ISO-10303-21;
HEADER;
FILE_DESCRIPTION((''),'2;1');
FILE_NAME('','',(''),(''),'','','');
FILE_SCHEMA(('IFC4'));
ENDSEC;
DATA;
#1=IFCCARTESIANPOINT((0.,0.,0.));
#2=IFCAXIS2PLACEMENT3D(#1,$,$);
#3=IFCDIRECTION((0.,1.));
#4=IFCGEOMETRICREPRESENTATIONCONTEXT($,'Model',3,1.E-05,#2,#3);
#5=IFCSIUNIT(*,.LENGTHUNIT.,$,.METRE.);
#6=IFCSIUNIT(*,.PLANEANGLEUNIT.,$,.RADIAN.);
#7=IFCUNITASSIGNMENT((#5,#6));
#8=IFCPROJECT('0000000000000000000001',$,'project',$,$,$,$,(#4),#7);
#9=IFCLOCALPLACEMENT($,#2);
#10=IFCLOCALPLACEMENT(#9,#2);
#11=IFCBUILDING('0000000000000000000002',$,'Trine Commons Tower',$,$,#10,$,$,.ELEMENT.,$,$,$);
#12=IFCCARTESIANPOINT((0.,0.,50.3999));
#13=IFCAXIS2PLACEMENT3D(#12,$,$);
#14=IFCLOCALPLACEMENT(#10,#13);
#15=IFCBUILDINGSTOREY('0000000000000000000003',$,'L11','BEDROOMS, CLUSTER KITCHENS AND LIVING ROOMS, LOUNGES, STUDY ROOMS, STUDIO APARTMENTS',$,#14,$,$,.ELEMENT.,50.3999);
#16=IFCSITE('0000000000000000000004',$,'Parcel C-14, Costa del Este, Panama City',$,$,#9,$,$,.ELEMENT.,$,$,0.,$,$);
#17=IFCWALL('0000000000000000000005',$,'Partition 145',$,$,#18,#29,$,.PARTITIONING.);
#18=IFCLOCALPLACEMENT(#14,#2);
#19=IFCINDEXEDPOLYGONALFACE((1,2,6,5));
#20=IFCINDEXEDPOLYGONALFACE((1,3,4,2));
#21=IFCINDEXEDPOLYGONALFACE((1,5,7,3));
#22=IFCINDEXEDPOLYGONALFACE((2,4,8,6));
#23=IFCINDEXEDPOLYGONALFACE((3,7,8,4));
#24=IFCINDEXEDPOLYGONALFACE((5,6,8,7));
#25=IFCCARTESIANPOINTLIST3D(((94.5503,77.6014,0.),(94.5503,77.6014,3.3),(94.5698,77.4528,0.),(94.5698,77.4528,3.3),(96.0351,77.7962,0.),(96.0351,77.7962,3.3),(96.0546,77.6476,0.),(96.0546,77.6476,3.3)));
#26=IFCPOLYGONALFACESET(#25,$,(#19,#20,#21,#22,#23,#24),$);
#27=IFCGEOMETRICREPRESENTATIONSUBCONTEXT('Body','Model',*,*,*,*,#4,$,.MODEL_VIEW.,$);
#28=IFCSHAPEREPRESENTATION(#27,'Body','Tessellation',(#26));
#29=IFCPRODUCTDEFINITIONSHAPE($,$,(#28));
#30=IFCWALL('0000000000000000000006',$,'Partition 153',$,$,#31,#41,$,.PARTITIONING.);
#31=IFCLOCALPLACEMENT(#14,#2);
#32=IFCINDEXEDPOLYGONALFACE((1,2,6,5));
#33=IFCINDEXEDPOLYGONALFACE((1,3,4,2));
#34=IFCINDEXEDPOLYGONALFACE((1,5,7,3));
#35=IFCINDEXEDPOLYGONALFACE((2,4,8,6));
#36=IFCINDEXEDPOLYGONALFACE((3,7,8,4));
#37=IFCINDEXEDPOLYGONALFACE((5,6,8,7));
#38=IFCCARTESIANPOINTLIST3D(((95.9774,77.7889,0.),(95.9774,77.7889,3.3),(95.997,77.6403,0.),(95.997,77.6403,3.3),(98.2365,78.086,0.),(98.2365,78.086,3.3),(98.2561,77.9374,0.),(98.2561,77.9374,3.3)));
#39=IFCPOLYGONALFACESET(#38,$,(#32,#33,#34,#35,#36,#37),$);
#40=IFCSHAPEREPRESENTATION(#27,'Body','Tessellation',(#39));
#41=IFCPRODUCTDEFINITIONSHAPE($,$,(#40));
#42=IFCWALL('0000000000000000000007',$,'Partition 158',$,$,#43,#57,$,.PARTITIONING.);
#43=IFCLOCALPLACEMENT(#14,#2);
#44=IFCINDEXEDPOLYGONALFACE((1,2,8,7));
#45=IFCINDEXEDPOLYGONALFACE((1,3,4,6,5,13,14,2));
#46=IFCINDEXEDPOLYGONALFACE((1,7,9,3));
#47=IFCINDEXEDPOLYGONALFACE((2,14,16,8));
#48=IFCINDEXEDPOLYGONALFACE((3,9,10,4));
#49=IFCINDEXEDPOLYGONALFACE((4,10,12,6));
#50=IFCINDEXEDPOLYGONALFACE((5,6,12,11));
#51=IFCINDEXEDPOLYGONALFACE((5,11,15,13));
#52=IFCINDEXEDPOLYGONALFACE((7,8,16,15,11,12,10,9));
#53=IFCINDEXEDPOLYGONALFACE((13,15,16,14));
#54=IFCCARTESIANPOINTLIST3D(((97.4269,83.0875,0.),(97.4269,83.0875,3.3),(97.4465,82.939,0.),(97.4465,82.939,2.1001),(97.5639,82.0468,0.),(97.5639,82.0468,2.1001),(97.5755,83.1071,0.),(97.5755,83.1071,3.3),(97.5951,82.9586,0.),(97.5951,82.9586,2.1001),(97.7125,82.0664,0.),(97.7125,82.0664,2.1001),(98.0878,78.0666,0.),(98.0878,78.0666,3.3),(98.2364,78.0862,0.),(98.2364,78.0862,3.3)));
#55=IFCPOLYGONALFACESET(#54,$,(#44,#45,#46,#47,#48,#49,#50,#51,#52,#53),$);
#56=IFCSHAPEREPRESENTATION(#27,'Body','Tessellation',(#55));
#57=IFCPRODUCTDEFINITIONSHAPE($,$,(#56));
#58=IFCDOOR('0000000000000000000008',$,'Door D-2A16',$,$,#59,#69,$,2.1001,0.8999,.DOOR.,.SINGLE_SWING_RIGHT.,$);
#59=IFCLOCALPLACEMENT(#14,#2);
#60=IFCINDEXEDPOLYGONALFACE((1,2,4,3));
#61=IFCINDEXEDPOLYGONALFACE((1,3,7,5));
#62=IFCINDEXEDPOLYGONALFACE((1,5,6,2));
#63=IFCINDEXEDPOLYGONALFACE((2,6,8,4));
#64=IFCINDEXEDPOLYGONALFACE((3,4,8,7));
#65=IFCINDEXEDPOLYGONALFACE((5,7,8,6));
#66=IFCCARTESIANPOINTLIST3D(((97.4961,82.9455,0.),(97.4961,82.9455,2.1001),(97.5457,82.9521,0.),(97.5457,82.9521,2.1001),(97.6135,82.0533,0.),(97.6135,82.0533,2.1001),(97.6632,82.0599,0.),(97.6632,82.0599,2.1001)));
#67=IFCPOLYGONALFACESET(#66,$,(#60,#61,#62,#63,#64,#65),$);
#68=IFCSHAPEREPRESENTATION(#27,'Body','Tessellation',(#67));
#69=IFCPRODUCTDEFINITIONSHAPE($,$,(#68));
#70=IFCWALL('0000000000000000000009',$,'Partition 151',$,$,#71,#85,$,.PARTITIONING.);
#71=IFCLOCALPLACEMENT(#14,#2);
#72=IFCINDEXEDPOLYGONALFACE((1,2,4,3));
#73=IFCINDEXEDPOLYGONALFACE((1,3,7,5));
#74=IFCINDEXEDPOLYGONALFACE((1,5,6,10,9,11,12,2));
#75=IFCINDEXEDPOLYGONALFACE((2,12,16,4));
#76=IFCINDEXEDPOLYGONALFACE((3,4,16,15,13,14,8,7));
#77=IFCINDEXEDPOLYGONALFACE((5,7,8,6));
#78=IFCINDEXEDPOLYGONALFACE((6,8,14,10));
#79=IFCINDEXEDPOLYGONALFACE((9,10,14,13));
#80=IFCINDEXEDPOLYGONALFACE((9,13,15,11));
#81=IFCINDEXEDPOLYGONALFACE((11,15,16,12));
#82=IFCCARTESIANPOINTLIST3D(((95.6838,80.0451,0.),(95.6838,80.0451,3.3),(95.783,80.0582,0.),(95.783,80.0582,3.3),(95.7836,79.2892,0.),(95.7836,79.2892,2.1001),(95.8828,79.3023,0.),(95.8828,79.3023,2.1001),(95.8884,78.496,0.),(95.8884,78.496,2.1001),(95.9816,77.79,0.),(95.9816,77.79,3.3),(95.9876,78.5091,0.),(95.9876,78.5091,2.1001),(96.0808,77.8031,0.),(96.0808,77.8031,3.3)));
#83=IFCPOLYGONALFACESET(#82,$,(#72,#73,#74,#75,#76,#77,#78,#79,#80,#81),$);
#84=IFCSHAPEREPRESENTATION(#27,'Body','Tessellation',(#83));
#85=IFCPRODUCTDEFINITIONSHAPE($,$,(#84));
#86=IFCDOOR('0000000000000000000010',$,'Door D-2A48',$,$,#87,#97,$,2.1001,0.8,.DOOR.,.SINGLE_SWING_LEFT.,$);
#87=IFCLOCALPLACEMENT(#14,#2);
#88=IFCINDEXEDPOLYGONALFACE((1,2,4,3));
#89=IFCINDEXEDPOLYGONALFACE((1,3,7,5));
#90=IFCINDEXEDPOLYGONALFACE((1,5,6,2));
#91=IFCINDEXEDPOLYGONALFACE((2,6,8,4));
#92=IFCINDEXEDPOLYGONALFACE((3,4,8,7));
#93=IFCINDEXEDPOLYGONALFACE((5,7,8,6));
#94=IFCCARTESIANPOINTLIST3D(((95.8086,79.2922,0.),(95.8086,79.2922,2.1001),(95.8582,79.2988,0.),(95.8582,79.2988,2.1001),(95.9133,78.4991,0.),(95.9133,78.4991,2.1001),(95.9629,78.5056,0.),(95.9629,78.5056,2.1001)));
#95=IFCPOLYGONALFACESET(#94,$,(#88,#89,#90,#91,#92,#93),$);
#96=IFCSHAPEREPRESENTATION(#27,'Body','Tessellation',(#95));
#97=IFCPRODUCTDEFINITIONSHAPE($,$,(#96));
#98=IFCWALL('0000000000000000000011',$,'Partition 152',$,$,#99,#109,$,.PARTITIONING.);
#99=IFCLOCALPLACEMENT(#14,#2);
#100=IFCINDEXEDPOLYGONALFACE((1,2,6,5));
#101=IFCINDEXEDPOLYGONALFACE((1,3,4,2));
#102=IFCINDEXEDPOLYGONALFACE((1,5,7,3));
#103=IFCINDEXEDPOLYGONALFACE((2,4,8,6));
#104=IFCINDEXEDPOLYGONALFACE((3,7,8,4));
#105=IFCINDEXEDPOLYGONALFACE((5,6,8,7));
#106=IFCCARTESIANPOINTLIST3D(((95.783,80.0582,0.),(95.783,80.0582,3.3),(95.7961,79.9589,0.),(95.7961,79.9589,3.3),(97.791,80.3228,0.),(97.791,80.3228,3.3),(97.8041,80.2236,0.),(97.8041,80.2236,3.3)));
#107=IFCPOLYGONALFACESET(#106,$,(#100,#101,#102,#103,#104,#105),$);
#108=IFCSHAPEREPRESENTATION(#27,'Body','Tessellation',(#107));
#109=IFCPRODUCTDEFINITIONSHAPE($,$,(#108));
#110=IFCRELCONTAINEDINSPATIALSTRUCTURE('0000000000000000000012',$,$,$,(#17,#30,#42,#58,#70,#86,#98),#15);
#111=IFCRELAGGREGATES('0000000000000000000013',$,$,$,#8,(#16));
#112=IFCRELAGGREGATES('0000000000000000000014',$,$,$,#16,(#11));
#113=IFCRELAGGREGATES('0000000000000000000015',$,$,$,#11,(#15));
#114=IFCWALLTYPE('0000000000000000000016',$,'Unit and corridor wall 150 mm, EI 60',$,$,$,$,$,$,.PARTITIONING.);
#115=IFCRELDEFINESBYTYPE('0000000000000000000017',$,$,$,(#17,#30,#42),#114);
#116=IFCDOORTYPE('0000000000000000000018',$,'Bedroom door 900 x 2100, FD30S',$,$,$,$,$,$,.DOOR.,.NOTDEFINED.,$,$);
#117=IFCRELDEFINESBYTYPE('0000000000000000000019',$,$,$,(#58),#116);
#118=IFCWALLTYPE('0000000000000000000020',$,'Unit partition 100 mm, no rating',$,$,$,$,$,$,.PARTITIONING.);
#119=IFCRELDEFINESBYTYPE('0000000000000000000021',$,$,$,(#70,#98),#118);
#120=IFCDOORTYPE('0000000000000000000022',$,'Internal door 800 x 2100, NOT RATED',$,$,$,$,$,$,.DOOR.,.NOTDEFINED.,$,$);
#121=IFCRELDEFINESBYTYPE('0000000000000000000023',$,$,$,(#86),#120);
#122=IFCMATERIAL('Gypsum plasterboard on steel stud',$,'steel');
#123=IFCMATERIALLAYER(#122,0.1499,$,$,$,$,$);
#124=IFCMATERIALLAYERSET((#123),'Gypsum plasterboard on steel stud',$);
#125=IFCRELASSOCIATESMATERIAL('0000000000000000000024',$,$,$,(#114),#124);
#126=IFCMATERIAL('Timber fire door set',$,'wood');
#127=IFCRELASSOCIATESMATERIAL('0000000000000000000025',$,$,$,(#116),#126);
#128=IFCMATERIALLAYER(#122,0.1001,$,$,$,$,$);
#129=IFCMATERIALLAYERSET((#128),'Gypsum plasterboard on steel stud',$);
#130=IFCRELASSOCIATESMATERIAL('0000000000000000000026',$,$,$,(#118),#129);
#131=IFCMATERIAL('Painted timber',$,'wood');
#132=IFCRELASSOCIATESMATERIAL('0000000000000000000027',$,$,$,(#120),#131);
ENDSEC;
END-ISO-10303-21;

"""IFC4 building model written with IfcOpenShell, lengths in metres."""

from ifc_helpers import new_model, si_unit, direction, frame, frame_2d, origin, place, context, subcontext, project, spatial, rectangle, extrude, material, layer, layer_set, type_object, element, fill, save


model = new_model("IFC4")

# Units and contexts
model_context = context("Model", 3, precision=1e-05, world=origin(), true_north=direction((0.0, 1.0)))
body_context = subcontext(model_context, "Body", "Model", "MODEL_VIEW")
ifc_project = project(units=[si_unit("LENGTHUNIT", "METRE"), si_unit("PLANEANGLEUNIT", "RADIAN")], contexts=[model_context])

# Site, building, storey
site_placement = place(None, origin())
site = spatial("IfcSite", under=ifc_project, at=site_placement, Name="Parcel C-14, Costa del Este, Panama City", CompositionType="ELEMENT", RefElevation=0.0)
building_placement = place(site_placement, origin())
building = spatial("IfcBuilding", under=site, at=building_placement, Name="Trine Commons Tower", CompositionType="ELEMENT")
storey_placement = place(building_placement, frame((0.0, 0.0, 50.3999)))
storey = spatial("IfcBuildingStorey", under=building, at=storey_placement, Name="L11", Description="BEDROOMS, CLUSTER KITCHENS AND LIVING ROOMS, LOUNGES, STUDY ROOMS, STUDIO APARTMENTS", CompositionType="ELEMENT", Elevation=50.3999)

# Shared definitions
ifc_material_1 = material(Name="Gypsum plasterboard on steel stud", Category="steel")
ifc_layer_1 = layer(ifc_material_1, 0.1499)
ifc_layer_set_1 = layer_set([ifc_layer_1], Name="Gypsum plasterboard on steel stud")
wall_type_1 = type_object("IfcWallType", Name="Unit and corridor wall 150 mm, EI 60", PredefinedType="PARTITIONING", material=ifc_layer_set_1)

# Shared definitions
ifc_material_2 = material(Name="Timber fire door set", Category="wood")
ifc_material_3 = material(Name="Painted timber", Category="wood")

# Walls
wall_1_placement = place(storey_placement, frame((94.5601, 77.5271, 0.0), z_axis=(0.0, 0.0, 1.0), x_axis=(0.991502, 0.130092, 0.0)))
element("IfcWall", 1, at=wall_1_placement, inside=storey, type_object=wall_type_1, Name="Partition 145", PredefinedType="PARTITIONING", context=body_context, shape_type="SweptSolid", body=[
    extrude(rectangle(XDim=1.4976, YDim=0.1499, at=frame_2d((0.7488, 0.0))), origin(), (0.0, 0.0, 1.0), 3.3),
])
wall_2_placement = place(storey_placement, frame((95.9873, 77.7146, 0.0), z_axis=(0.0, 0.0, 1.0), x_axis=(0.991461, 0.130402, 0.0)))
element("IfcWall", 2, at=wall_2_placement, inside=storey, type_object=wall_type_1, Name="Partition 153", PredefinedType="PARTITIONING", context=body_context, shape_type="SweptSolid", body=[
    extrude(rectangle(XDim=2.2786, YDim=0.1499, at=frame_2d((1.1392, 0.0))), origin(), (0.0, 0.0, 1.0), 3.3),
])

# Walls, openings, doors
wall_3_placement = place(storey_placement, frame((97.5012, 83.0974, 0.0), z_axis=(0.0, 0.0, 1.0), x_axis=(0.130499, -0.991448, 0.0)))
wall_3 = element("IfcWall", 3, at=wall_3_placement, inside=storey, type_object=wall_type_1, Name="Partition 158", PredefinedType="PARTITIONING", context=body_context, shape_type="SweptSolid", body=[
    extrude(rectangle(XDim=5.0642, YDim=0.1499, at=frame_2d((2.5322, 0.0))), origin(), (0.0, 0.0, 1.0), 3.3),
])
opening_1_placement = place(wall_3_placement, frame((0.1499, 0.0, 0.0)))
opening_1 = element("IfcOpeningElement", 4, at=opening_1_placement, cuts=wall_3, PredefinedType="OPENING", context=body_context, shape_type="SweptSolid", body=[
    extrude(rectangle(XDim=0.8999, YDim=2.1001, at=frame_2d((0.45, 1.05))), frame((0.0, 0.085, 0.0), z_axis=(0.0, -1.0, 0.0), x_axis=(1.0, 0.0, 0.0)), (0.0, 0.0, 1.0), 0.1699),
])
door_type_1 = type_object("IfcDoorType", Name="Bedroom door 900 x 2100, FD30S", OperationType="NOTDEFINED", PredefinedType="DOOR", material=ifc_material_2)
door_1_placement = place(opening_1_placement, frame((0.8999, 0.0, 0.0), z_axis=(0.0, 0.0, 1.0), x_axis=(-1.0, 0.0, 0.0)))
door_1 = element("IfcDoor", 5, at=door_1_placement, inside=storey, type_object=door_type_1, Name="Door D-2A16", OperationType="SINGLE_SWING_RIGHT", OverallHeight=2.1001, OverallWidth=0.8999, PredefinedType="DOOR", context=body_context, shape_type="SweptSolid", body=[
    extrude(rectangle(XDim=0.8999, YDim=2.1001, at=frame_2d((0.45, 1.05))), frame((0.0, 0.0249, 0.0), z_axis=(0.0, -1.0, 0.0), x_axis=(1.0, 0.0, 0.0)), (0.0, 0.0, 1.0), 0.05),
])
fill(opening_1, door_1)
ifc_layer_2 = layer(ifc_material_1, 0.1001)
ifc_layer_set_2 = layer_set([ifc_layer_2], Name="Gypsum plasterboard on steel stud")
wall_type_2 = type_object("IfcWallType", Name="Unit partition 100 mm, no rating", PredefinedType="PARTITIONING", material=ifc_layer_set_2)
wall_4_placement = place(storey_placement, frame((95.7334, 80.0515, 0.0), z_axis=(0.0, 0.0, 1.0), x_axis=(0.13094, -0.99139, 0.0)))
wall_4 = element("IfcWall", 6, at=wall_4_placement, inside=storey, type_object=wall_type_2, Name="Partition 151", PredefinedType="PARTITIONING", context=body_context, shape_type="SweptSolid", body=[
    extrude(rectangle(XDim=2.2747, YDim=0.1001, at=frame_2d((1.1372, 0.0))), origin(), (0.0, 0.0, 1.0), 3.3),
])
opening_2_placement = place(wall_4_placement, frame((0.7625, 0.0, 0.0)))
opening_2 = element("IfcOpeningElement", 7, at=opening_2_placement, cuts=wall_4, PredefinedType="OPENING", context=body_context, shape_type="SweptSolid", body=[
    extrude(rectangle(XDim=0.8, YDim=2.1001, at=frame_2d((0.3999, 1.05))), frame((0.0, 0.0601, 0.0), z_axis=(0.0, -1.0, 0.0), x_axis=(1.0, 0.0, 0.0)), (0.0, 0.0, 1.0), 0.1201),
])
door_type_2 = type_object("IfcDoorType", Name="Internal door 800 x 2100, NOT RATED", OperationType="NOTDEFINED", PredefinedType="DOOR", material=ifc_material_3)
door_2_placement = place(opening_2_placement, frame((0.8, 0.0, 0.0), z_axis=(0.0, 0.0, 1.0), x_axis=(-1.0, 0.0, 0.0)))
door_2 = element("IfcDoor", 8, at=door_2_placement, inside=storey, type_object=door_type_2, Name="Door D-2A48", OperationType="SINGLE_SWING_LEFT", OverallHeight=2.1001, OverallWidth=0.8, PredefinedType="DOOR", context=body_context, shape_type="SweptSolid", body=[
    extrude(rectangle(XDim=0.8, YDim=2.1001, at=frame_2d((0.3999, 1.05))), frame((0.0, 0.0249, 0.0), z_axis=(0.0, -1.0, 0.0), x_axis=(1.0, 0.0, 0.0)), (0.0, 0.0, 1.0), 0.05),
])
fill(opening_2, door_2)

# Wall
wall_5_placement = place(storey_placement, frame((95.7896, 80.0085, 0.0), z_axis=(0.0, 0.0, 1.0), x_axis=(0.991427, 0.130663, 0.0)))
element("IfcWall", 9, at=wall_5_placement, inside=storey, type_object=wall_type_2, Name="Partition 152", PredefinedType="PARTITIONING", context=body_context, shape_type="SweptSolid", body=[
    extrude(rectangle(XDim=2.0254, YDim=0.1001, at=frame_2d((1.0127, 0.0))), origin(), (0.0, 0.0, 1.0), 3.3),
])

save(model, "model.ifc")
